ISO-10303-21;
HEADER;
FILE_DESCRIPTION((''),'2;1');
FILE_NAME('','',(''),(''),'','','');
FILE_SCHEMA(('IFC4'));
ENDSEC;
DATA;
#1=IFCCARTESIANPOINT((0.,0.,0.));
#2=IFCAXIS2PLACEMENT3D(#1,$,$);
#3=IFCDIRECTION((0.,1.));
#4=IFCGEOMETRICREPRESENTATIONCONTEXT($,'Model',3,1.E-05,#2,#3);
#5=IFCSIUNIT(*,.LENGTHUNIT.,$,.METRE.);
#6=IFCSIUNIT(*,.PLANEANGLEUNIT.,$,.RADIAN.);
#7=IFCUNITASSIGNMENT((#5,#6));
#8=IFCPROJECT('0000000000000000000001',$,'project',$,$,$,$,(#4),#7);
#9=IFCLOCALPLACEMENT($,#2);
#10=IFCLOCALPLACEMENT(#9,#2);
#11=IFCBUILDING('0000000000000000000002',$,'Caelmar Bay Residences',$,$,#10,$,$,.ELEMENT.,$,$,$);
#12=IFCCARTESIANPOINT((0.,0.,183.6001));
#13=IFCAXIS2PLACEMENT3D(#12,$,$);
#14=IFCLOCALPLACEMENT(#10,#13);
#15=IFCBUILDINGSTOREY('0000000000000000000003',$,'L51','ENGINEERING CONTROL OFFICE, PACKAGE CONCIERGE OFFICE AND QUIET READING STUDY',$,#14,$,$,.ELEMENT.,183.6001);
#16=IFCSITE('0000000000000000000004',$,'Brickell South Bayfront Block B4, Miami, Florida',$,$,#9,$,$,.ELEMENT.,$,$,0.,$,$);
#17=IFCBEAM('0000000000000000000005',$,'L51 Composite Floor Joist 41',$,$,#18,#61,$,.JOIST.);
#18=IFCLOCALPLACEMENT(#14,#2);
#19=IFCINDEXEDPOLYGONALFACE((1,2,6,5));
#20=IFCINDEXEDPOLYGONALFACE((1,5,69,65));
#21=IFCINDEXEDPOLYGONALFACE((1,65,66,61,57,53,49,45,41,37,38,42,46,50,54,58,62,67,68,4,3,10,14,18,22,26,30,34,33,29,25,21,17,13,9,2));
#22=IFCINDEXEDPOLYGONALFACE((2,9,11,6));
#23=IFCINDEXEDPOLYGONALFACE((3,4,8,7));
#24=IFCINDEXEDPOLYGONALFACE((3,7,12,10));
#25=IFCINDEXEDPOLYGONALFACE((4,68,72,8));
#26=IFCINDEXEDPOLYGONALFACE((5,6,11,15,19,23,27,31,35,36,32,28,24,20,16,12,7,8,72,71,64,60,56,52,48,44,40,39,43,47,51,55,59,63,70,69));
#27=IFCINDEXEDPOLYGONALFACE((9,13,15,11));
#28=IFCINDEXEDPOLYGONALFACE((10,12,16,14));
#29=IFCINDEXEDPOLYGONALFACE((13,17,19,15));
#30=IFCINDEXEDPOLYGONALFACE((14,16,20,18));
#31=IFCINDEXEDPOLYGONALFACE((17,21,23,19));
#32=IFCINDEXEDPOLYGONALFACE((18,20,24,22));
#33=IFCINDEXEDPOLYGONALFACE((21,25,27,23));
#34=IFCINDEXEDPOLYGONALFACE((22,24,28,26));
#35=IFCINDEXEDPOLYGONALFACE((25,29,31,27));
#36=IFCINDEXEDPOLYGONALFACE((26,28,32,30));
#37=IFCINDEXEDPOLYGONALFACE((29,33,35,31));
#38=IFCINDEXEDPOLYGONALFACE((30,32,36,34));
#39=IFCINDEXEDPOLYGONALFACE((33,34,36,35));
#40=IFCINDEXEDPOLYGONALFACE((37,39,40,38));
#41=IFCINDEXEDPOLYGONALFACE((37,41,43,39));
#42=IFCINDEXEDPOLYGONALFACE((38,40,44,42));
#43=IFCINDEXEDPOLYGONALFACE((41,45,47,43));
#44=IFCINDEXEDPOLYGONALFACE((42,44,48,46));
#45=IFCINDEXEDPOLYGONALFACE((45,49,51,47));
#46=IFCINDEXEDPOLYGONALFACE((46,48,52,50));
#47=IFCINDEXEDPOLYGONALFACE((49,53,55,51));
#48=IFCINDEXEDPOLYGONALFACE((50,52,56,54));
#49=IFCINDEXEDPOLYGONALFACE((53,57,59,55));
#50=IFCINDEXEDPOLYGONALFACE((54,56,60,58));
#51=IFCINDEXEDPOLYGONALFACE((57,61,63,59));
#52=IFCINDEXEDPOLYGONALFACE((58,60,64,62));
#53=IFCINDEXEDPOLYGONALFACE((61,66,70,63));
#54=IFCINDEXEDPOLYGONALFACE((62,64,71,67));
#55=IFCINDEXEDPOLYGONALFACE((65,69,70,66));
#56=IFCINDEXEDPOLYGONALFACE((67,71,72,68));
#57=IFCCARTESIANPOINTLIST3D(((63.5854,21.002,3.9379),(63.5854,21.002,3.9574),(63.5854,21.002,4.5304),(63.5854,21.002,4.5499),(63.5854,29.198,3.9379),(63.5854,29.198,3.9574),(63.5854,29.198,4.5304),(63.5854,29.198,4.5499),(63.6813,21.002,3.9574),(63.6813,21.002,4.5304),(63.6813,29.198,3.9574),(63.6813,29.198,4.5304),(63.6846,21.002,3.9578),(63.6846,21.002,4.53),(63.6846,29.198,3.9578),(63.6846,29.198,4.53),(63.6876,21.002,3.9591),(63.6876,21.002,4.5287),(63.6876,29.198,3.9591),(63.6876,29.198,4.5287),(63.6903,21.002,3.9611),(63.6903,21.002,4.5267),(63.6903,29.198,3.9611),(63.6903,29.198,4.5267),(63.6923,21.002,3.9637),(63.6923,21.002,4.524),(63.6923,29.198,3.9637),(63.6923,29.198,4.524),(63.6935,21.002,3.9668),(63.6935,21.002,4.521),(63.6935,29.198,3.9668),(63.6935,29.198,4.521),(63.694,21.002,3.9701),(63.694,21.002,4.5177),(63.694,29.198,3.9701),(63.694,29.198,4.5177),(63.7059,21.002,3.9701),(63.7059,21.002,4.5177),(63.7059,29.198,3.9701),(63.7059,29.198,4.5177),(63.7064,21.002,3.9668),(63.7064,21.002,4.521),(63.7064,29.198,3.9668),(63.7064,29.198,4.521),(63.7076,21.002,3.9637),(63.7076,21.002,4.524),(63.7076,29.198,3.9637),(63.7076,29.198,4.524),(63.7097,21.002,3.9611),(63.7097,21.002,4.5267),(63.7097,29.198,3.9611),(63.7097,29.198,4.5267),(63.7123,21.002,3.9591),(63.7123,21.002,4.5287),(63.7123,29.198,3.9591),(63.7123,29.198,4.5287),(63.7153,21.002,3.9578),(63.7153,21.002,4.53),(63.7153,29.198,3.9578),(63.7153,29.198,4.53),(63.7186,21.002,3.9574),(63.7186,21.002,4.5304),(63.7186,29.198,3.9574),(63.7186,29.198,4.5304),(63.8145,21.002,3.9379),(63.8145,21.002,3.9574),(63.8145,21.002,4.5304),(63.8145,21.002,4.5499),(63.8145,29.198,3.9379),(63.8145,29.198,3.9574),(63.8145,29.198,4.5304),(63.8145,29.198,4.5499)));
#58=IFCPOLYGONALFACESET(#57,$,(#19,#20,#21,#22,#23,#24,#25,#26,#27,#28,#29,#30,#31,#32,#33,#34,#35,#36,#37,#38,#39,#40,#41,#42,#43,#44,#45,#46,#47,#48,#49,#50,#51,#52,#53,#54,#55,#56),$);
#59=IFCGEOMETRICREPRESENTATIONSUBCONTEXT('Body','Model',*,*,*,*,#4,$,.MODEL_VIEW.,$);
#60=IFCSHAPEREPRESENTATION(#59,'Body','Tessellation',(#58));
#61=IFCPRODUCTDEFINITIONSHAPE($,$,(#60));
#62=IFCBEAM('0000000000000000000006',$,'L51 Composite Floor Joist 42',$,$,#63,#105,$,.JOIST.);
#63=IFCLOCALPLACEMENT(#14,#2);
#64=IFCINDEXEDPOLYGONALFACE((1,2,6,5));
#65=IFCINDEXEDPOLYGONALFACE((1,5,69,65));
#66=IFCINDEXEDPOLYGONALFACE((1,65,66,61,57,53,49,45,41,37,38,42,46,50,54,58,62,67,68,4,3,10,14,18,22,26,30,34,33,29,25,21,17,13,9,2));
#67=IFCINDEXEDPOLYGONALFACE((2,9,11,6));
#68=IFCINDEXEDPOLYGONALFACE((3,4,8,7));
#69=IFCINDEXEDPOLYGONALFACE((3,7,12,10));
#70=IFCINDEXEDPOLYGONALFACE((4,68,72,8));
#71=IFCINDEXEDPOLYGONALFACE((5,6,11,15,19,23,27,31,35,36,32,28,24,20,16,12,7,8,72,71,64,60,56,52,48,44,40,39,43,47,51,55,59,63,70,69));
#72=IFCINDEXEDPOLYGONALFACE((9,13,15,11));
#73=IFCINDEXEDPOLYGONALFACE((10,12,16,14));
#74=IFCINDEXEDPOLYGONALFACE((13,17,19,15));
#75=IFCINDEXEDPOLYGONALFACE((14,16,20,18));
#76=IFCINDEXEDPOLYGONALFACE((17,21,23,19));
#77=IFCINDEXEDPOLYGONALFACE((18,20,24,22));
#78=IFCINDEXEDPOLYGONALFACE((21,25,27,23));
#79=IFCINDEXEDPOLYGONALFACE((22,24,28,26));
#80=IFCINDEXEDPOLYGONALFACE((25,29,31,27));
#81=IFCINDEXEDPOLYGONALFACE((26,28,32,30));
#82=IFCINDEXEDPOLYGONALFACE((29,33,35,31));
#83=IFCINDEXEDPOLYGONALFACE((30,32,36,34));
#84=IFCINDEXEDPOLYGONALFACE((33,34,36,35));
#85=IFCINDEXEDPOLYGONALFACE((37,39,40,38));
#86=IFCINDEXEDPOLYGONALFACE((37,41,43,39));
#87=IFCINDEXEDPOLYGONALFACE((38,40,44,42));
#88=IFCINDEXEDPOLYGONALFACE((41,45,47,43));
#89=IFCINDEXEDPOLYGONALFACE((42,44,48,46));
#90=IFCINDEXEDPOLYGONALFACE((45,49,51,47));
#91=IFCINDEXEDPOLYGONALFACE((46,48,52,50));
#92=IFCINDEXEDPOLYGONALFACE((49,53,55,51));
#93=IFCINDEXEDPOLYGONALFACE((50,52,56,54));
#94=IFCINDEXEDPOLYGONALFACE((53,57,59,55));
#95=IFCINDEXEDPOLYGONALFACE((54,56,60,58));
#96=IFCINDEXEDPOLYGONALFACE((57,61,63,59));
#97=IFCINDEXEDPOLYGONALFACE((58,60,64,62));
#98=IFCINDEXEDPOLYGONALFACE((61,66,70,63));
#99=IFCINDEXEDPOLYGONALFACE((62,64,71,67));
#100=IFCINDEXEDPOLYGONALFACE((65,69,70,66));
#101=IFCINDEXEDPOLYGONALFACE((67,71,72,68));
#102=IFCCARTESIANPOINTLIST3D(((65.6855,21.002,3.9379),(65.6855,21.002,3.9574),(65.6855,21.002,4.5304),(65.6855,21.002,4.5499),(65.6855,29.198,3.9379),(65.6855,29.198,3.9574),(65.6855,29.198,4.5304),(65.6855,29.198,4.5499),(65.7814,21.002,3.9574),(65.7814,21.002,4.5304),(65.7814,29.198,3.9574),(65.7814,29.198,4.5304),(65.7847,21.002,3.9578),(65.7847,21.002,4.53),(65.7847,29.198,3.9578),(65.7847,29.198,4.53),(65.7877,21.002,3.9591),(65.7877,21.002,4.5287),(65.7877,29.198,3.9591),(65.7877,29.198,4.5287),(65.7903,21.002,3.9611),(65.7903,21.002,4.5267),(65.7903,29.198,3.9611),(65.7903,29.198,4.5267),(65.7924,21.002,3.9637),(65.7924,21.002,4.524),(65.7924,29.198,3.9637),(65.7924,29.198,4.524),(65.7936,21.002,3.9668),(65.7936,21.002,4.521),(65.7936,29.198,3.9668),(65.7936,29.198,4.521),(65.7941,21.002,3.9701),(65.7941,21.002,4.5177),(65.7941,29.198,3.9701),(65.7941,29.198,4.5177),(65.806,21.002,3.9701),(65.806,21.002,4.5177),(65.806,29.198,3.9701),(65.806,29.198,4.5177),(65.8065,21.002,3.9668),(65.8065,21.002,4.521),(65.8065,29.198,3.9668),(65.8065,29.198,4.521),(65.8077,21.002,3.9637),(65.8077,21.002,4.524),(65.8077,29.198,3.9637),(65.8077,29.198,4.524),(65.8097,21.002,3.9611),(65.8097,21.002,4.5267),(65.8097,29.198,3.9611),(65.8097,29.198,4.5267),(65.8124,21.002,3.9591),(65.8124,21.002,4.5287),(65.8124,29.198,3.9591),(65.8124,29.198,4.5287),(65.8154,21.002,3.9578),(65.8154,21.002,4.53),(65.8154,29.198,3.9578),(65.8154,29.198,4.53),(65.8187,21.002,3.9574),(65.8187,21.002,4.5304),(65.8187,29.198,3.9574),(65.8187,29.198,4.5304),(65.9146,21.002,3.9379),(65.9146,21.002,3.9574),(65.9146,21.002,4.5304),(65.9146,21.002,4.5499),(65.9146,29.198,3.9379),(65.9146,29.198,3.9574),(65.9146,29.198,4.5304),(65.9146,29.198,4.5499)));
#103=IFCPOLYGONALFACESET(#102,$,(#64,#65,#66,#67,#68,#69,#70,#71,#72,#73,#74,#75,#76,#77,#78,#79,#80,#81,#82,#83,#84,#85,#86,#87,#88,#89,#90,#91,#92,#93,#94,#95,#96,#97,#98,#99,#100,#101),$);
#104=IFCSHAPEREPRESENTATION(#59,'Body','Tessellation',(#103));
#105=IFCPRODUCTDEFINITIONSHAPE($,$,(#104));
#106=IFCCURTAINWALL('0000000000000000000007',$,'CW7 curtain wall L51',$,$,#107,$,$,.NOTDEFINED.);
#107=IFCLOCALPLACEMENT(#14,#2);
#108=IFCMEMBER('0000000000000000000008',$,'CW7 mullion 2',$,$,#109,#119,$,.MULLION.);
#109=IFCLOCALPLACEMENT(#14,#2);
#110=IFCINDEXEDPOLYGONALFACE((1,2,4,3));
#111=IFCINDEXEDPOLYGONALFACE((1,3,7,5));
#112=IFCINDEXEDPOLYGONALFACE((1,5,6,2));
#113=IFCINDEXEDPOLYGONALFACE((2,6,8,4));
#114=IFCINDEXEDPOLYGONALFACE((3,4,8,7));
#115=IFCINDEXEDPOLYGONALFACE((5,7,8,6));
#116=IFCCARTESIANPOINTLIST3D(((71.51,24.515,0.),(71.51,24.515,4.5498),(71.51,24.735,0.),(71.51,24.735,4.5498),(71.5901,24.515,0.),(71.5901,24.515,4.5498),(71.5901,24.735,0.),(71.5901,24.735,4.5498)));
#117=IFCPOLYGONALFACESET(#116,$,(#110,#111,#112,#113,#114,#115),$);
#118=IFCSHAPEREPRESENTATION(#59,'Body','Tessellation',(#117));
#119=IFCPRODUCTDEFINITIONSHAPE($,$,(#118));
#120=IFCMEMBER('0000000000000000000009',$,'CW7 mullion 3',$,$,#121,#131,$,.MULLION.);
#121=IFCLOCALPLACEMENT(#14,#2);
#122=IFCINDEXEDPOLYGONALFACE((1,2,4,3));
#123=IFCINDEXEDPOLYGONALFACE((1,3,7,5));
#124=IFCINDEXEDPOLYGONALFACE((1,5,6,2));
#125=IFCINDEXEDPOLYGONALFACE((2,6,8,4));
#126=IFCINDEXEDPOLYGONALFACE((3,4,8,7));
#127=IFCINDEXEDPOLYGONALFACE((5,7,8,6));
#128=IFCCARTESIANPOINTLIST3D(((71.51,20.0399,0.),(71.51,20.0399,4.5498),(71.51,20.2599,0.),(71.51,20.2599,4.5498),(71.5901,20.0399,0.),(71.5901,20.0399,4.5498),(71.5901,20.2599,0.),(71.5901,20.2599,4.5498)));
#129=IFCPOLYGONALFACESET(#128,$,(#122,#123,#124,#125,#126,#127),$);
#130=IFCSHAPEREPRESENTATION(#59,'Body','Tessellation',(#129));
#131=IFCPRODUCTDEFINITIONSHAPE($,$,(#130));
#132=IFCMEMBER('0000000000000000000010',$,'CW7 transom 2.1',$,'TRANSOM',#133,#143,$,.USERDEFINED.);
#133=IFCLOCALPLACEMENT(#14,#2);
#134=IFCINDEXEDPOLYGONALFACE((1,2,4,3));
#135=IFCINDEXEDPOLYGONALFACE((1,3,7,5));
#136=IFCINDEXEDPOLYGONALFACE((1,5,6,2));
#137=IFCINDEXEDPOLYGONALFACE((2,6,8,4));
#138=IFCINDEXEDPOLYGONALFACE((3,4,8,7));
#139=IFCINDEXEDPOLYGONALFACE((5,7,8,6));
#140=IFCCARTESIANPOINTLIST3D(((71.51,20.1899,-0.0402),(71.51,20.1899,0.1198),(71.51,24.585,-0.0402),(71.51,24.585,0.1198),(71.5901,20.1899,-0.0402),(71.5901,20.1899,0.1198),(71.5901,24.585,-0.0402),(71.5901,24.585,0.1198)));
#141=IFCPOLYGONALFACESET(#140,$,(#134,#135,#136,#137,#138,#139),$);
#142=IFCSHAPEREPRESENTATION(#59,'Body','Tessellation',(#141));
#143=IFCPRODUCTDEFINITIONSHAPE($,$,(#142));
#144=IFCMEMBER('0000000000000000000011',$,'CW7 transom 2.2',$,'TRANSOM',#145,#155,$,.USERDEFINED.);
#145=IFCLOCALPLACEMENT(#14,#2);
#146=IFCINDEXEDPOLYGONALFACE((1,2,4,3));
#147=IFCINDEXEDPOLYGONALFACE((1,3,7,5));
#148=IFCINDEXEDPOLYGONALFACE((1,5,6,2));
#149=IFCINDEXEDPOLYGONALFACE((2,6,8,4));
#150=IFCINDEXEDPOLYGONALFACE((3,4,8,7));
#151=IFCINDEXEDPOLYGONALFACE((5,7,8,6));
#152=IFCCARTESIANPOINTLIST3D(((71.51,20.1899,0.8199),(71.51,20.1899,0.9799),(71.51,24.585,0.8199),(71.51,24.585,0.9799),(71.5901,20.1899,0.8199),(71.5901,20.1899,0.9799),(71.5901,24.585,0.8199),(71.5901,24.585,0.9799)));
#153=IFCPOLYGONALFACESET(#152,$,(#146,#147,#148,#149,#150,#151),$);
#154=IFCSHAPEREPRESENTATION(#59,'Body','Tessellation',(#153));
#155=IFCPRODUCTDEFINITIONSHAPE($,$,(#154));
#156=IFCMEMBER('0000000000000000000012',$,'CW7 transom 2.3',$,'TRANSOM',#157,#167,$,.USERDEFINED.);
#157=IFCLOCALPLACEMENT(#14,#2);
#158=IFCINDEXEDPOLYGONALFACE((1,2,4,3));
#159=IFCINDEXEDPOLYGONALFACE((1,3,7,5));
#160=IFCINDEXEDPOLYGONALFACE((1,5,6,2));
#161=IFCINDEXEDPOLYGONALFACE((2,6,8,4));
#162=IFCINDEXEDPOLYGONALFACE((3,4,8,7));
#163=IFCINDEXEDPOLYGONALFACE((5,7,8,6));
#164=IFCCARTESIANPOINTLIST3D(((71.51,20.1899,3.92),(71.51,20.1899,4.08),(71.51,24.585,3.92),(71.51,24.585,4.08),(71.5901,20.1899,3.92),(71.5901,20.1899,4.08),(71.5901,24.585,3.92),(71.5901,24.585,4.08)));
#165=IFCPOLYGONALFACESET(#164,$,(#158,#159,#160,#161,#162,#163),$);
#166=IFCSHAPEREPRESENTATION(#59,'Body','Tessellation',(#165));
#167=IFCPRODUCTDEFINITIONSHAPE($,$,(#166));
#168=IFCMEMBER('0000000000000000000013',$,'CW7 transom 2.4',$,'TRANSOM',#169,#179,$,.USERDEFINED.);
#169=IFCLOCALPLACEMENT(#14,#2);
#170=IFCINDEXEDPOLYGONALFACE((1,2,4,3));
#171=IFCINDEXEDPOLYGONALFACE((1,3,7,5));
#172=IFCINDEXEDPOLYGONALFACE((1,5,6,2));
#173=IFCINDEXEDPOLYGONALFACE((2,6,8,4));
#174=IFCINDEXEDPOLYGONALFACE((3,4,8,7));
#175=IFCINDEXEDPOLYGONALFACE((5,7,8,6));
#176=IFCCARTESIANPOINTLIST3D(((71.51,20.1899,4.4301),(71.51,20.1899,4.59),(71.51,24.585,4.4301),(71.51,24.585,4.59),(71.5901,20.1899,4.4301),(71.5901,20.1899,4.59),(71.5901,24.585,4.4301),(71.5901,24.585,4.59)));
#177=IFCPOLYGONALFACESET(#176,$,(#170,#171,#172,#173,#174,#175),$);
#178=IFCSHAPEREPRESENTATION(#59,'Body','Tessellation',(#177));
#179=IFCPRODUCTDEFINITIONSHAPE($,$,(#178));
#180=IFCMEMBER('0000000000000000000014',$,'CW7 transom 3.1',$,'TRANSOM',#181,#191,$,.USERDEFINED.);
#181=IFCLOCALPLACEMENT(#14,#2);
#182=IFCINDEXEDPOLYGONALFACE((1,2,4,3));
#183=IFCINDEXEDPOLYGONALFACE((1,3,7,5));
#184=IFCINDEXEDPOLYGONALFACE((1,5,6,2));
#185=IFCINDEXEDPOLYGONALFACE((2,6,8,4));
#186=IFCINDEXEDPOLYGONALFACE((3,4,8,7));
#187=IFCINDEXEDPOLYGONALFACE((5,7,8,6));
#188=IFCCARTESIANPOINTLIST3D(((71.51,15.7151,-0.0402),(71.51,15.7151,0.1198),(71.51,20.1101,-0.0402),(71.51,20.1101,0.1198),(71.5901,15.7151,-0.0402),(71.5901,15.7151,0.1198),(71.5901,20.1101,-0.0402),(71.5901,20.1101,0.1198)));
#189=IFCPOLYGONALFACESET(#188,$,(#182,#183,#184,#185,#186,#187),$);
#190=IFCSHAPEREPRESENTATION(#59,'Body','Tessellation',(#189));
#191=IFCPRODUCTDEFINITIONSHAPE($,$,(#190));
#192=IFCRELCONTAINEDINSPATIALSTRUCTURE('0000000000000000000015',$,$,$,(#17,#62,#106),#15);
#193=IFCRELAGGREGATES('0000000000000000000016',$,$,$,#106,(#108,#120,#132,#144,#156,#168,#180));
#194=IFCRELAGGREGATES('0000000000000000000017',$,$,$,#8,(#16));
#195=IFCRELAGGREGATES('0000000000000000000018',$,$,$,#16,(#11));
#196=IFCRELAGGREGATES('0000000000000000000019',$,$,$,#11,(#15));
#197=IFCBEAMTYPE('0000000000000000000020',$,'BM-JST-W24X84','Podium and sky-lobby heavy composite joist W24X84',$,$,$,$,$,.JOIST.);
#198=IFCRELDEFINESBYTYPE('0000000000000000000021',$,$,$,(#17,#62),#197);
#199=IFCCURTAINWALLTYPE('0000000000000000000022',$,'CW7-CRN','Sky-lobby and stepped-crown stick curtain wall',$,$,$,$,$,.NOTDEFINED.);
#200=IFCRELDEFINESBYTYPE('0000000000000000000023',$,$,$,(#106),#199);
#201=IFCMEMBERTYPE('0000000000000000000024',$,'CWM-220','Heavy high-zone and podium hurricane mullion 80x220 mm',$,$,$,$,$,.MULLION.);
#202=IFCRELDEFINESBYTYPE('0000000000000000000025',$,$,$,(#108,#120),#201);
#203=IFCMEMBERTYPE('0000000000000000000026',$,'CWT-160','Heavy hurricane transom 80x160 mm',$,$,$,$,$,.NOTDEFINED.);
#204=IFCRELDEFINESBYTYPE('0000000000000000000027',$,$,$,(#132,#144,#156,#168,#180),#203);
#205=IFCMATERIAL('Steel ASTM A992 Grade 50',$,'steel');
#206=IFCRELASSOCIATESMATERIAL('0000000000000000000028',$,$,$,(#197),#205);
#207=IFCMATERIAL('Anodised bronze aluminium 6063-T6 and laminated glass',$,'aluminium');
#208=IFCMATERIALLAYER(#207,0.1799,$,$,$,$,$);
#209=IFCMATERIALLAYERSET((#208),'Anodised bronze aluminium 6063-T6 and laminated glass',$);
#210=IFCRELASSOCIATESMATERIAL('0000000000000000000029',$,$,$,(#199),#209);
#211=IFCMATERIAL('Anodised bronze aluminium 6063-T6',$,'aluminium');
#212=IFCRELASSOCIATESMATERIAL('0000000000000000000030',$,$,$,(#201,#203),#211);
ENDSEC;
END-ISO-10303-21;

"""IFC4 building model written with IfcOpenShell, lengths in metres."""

from ifc_helpers import new_model, si_unit, direction, frame, origin, origin_2d, place, context, subcontext, project, spatial, rectangle, i_section, extrude, material, layer, layer_set, material_profile, profile_set, type_object, element, aggregate, save


model = new_model("IFC4")

# Units and contexts
model_context = context("Model", 3, precision=1e-05, world=origin(), true_north=direction((0.0, 1.0)))
body_context = subcontext(model_context, "Body", "Model", "MODEL_VIEW")
ifc_project = project(units=[si_unit("LENGTHUNIT", "METRE"), si_unit("PLANEANGLEUNIT", "RADIAN")], contexts=[model_context])

# Site, building, storey
site_placement = place(None, origin())
site = spatial("IfcSite", under=ifc_project, at=site_placement, Name="Brickell South Bayfront Block B4, Miami, Florida", CompositionType="ELEMENT", RefElevation=0.0)
building_placement = place(site_placement, origin())
building = spatial("IfcBuilding", under=site, at=building_placement, Name="Caelmar Bay Residences", CompositionType="ELEMENT")
storey_placement = place(building_placement, frame((0.0, 0.0, 183.6001)))
storey = spatial("IfcBuildingStorey", under=building, at=storey_placement, Name="L51", Description="ENGINEERING CONTROL OFFICE, PACKAGE CONCIERGE OFFICE AND QUIET READING STUDY", CompositionType="ELEMENT", Elevation=183.6001)

# Beams
ifc_material_1 = material(Name="Steel ASTM A992 Grade 50", Category="steel")
ifc_material_profile_1 = material_profile(ifc_material_1, i_section(OverallWidth=0.229, OverallDepth=0.6121, WebThickness=0.012, FlangeThickness=0.0195, FilletRadius=0.0127, at=origin_2d()), Name="W24X84")
ifc_profile_set_1 = profile_set([ifc_material_profile_1], Name="Steel ASTM A992 Grade 50")
beam_type_1 = type_object("IfcBeamType", Name="BM-JST-W24X84", Description="Podium and sky-lobby heavy composite joist W24X84", PredefinedType="JOIST", material=ifc_profile_set_1)
for number, where, z_axis, x_axis, name in (
    (1, (63.7, 21.002, 4.2439), (0.0, 1.0, 0.0), (-1.0, 0.0, 0.0), "L51 Composite Floor Joist 41"),
    (2, (65.8, 21.002, 4.2439), (0.0, 1.0, 0.0), (-1.0, 0.0, 0.0), "L51 Composite Floor Joist 42"),
):
    element("IfcBeam", number, at=place(storey_placement, frame(where, z_axis=z_axis, x_axis=x_axis)), inside=storey, type_object=beam_type_1, Name=name, PredefinedType="JOIST", context=body_context, shape_type="SweptSolid", body=[
        extrude(i_section(OverallWidth=0.229, OverallDepth=0.6121, WebThickness=0.012, FlangeThickness=0.0195, FilletRadius=0.0127, at=origin_2d()), origin(), (0.0, 0.0, 1.0), 8.196),
    ])

# Curtain wall, members
ifc_material_2 = material(Name="Anodised bronze aluminium 6063-T6 and laminated glass", Category="aluminium")
ifc_layer_1 = layer(ifc_material_2, 0.1799)
ifc_layer_set_1 = layer_set([ifc_layer_1], Name="Anodised bronze aluminium 6063-T6 and laminated glass")
curtain_wall_type = type_object("IfcCurtainWallType", Name="CW7-CRN", Description="Sky-lobby and stepped-crown stick curtain wall", PredefinedType="NOTDEFINED", material=ifc_layer_set_1)
curtain_wall_placement = place(storey_placement, origin())
curtain_wall = element("IfcCurtainWall", 3, at=curtain_wall_placement, inside=storey, type_object=curtain_wall_type, Name="CW7 curtain wall L51", PredefinedType="NOTDEFINED")
ifc_material_3 = material(Name="Anodised bronze aluminium 6063-T6", Category="aluminium")
ifc_material_profile_2 = material_profile(ifc_material_3, rectangle(XDim=0.0801, YDim=0.22, at=origin_2d()), Name="CWM-80X220")
ifc_profile_set_2 = profile_set([ifc_material_profile_2], Name="Anodised bronze aluminium 6063-T6")
member_type_1 = type_object("IfcMemberType", Name="CWM-220", Description="Heavy high-zone and podium hurricane mullion 80x220 mm", PredefinedType="MULLION", material=ifc_profile_set_2)
member_1_placement = place(storey_placement, frame((71.55, 24.625, 0.0), z_axis=(0.0, 0.0, 1.0), x_axis=(1.0, 0.0, 0.0)))
member_1 = element("IfcMember", 4, at=member_1_placement, type_object=member_type_1, Name="CW7 mullion 2", PredefinedType="MULLION", context=body_context, shape_type="SweptSolid", body=[
    extrude(rectangle(XDim=0.0801, YDim=0.22, at=origin_2d()), origin(), (0.0, 0.0, 1.0), 4.5498),
])
member_2_placement = place(storey_placement, frame((71.55, 20.1499, 0.0), z_axis=(0.0, 0.0, 1.0), x_axis=(1.0, 0.0, 0.0)))
member_2 = element("IfcMember", 5, at=member_2_placement, type_object=member_type_1, Name="CW7 mullion 3", PredefinedType="MULLION", context=body_context, shape_type="SweptSolid", body=[
    extrude(rectangle(XDim=0.0801, YDim=0.22, at=origin_2d()), origin(), (0.0, 0.0, 1.0), 4.5498),
])
ifc_material_profile_3 = material_profile(ifc_material_3, rectangle(XDim=0.0801, YDim=0.1599, at=origin_2d()), Name="CWT-80X160")
ifc_profile_set_3 = profile_set([ifc_material_profile_3], Name="Anodised bronze aluminium 6063-T6")
member_type_2 = type_object("IfcMemberType", Name="CWT-160", Description="Heavy hurricane transom 80x160 mm", PredefinedType="NOTDEFINED", material=ifc_profile_set_3)
member_3_placement = place(storey_placement, frame((71.55, 24.585, 0.0398), z_axis=(0.0, -1.0, 0.0), x_axis=(1.0, 0.0, 0.0)))
member_3 = element("IfcMember", 6, at=member_3_placement, type_object=member_type_2, Name="CW7 transom 2.1", ObjectType="TRANSOM", PredefinedType="USERDEFINED", context=body_context, shape_type="SweptSolid", body=[
    extrude(rectangle(XDim=0.0801, YDim=0.1599, at=origin_2d()), origin(), (0.0, 0.0, 1.0), 4.395),
])
member_4_placement = place(storey_placement, frame((71.55, 24.585, 0.8999), z_axis=(0.0, -1.0, 0.0), x_axis=(1.0, 0.0, 0.0)))
member_4 = element("IfcMember", 7, at=member_4_placement, type_object=member_type_2, Name="CW7 transom 2.2", ObjectType="TRANSOM", PredefinedType="USERDEFINED", context=body_context, shape_type="SweptSolid", body=[
    extrude(rectangle(XDim=0.0801, YDim=0.1599, at=origin_2d()), origin(), (0.0, 0.0, 1.0), 4.395),
])
member_5_placement = place(storey_placement, frame((71.55, 24.585, 4.0), z_axis=(0.0, -1.0, 0.0), x_axis=(1.0, 0.0, 0.0)))
member_5 = element("IfcMember", 8, at=member_5_placement, type_object=member_type_2, Name="CW7 transom 2.3", ObjectType="TRANSOM", PredefinedType="USERDEFINED", context=body_context, shape_type="SweptSolid", body=[
    extrude(rectangle(XDim=0.0801, YDim=0.1599, at=origin_2d()), origin(), (0.0, 0.0, 1.0), 4.395),
])
member_6_placement = place(storey_placement, frame((71.55, 24.585, 4.51), z_axis=(0.0, -1.0, 0.0), x_axis=(1.0, 0.0, 0.0)))
member_6 = element("IfcMember", 9, at=member_6_placement, type_object=member_type_2, Name="CW7 transom 2.4", ObjectType="TRANSOM", PredefinedType="USERDEFINED", context=body_context, shape_type="SweptSolid", body=[
    extrude(rectangle(XDim=0.0801, YDim=0.1599, at=origin_2d()), origin(), (0.0, 0.0, 1.0), 4.395),
])
member_7_placement = place(storey_placement, frame((71.55, 20.1101, 0.0398), z_axis=(0.0, -1.0, 0.0), x_axis=(1.0, 0.0, 0.0)))
member_7 = element("IfcMember", 10, at=member_7_placement, type_object=member_type_2, Name="CW7 transom 3.1", ObjectType="TRANSOM", PredefinedType="USERDEFINED", context=body_context, shape_type="SweptSolid", body=[
    extrude(rectangle(XDim=0.0801, YDim=0.1599, at=origin_2d()), origin(), (0.0, 0.0, 1.0), 4.395),
])
aggregate(curtain_wall, [member_1, member_2, member_3, member_4, member_5, member_6, member_7])

save(model, "model.ifc")
